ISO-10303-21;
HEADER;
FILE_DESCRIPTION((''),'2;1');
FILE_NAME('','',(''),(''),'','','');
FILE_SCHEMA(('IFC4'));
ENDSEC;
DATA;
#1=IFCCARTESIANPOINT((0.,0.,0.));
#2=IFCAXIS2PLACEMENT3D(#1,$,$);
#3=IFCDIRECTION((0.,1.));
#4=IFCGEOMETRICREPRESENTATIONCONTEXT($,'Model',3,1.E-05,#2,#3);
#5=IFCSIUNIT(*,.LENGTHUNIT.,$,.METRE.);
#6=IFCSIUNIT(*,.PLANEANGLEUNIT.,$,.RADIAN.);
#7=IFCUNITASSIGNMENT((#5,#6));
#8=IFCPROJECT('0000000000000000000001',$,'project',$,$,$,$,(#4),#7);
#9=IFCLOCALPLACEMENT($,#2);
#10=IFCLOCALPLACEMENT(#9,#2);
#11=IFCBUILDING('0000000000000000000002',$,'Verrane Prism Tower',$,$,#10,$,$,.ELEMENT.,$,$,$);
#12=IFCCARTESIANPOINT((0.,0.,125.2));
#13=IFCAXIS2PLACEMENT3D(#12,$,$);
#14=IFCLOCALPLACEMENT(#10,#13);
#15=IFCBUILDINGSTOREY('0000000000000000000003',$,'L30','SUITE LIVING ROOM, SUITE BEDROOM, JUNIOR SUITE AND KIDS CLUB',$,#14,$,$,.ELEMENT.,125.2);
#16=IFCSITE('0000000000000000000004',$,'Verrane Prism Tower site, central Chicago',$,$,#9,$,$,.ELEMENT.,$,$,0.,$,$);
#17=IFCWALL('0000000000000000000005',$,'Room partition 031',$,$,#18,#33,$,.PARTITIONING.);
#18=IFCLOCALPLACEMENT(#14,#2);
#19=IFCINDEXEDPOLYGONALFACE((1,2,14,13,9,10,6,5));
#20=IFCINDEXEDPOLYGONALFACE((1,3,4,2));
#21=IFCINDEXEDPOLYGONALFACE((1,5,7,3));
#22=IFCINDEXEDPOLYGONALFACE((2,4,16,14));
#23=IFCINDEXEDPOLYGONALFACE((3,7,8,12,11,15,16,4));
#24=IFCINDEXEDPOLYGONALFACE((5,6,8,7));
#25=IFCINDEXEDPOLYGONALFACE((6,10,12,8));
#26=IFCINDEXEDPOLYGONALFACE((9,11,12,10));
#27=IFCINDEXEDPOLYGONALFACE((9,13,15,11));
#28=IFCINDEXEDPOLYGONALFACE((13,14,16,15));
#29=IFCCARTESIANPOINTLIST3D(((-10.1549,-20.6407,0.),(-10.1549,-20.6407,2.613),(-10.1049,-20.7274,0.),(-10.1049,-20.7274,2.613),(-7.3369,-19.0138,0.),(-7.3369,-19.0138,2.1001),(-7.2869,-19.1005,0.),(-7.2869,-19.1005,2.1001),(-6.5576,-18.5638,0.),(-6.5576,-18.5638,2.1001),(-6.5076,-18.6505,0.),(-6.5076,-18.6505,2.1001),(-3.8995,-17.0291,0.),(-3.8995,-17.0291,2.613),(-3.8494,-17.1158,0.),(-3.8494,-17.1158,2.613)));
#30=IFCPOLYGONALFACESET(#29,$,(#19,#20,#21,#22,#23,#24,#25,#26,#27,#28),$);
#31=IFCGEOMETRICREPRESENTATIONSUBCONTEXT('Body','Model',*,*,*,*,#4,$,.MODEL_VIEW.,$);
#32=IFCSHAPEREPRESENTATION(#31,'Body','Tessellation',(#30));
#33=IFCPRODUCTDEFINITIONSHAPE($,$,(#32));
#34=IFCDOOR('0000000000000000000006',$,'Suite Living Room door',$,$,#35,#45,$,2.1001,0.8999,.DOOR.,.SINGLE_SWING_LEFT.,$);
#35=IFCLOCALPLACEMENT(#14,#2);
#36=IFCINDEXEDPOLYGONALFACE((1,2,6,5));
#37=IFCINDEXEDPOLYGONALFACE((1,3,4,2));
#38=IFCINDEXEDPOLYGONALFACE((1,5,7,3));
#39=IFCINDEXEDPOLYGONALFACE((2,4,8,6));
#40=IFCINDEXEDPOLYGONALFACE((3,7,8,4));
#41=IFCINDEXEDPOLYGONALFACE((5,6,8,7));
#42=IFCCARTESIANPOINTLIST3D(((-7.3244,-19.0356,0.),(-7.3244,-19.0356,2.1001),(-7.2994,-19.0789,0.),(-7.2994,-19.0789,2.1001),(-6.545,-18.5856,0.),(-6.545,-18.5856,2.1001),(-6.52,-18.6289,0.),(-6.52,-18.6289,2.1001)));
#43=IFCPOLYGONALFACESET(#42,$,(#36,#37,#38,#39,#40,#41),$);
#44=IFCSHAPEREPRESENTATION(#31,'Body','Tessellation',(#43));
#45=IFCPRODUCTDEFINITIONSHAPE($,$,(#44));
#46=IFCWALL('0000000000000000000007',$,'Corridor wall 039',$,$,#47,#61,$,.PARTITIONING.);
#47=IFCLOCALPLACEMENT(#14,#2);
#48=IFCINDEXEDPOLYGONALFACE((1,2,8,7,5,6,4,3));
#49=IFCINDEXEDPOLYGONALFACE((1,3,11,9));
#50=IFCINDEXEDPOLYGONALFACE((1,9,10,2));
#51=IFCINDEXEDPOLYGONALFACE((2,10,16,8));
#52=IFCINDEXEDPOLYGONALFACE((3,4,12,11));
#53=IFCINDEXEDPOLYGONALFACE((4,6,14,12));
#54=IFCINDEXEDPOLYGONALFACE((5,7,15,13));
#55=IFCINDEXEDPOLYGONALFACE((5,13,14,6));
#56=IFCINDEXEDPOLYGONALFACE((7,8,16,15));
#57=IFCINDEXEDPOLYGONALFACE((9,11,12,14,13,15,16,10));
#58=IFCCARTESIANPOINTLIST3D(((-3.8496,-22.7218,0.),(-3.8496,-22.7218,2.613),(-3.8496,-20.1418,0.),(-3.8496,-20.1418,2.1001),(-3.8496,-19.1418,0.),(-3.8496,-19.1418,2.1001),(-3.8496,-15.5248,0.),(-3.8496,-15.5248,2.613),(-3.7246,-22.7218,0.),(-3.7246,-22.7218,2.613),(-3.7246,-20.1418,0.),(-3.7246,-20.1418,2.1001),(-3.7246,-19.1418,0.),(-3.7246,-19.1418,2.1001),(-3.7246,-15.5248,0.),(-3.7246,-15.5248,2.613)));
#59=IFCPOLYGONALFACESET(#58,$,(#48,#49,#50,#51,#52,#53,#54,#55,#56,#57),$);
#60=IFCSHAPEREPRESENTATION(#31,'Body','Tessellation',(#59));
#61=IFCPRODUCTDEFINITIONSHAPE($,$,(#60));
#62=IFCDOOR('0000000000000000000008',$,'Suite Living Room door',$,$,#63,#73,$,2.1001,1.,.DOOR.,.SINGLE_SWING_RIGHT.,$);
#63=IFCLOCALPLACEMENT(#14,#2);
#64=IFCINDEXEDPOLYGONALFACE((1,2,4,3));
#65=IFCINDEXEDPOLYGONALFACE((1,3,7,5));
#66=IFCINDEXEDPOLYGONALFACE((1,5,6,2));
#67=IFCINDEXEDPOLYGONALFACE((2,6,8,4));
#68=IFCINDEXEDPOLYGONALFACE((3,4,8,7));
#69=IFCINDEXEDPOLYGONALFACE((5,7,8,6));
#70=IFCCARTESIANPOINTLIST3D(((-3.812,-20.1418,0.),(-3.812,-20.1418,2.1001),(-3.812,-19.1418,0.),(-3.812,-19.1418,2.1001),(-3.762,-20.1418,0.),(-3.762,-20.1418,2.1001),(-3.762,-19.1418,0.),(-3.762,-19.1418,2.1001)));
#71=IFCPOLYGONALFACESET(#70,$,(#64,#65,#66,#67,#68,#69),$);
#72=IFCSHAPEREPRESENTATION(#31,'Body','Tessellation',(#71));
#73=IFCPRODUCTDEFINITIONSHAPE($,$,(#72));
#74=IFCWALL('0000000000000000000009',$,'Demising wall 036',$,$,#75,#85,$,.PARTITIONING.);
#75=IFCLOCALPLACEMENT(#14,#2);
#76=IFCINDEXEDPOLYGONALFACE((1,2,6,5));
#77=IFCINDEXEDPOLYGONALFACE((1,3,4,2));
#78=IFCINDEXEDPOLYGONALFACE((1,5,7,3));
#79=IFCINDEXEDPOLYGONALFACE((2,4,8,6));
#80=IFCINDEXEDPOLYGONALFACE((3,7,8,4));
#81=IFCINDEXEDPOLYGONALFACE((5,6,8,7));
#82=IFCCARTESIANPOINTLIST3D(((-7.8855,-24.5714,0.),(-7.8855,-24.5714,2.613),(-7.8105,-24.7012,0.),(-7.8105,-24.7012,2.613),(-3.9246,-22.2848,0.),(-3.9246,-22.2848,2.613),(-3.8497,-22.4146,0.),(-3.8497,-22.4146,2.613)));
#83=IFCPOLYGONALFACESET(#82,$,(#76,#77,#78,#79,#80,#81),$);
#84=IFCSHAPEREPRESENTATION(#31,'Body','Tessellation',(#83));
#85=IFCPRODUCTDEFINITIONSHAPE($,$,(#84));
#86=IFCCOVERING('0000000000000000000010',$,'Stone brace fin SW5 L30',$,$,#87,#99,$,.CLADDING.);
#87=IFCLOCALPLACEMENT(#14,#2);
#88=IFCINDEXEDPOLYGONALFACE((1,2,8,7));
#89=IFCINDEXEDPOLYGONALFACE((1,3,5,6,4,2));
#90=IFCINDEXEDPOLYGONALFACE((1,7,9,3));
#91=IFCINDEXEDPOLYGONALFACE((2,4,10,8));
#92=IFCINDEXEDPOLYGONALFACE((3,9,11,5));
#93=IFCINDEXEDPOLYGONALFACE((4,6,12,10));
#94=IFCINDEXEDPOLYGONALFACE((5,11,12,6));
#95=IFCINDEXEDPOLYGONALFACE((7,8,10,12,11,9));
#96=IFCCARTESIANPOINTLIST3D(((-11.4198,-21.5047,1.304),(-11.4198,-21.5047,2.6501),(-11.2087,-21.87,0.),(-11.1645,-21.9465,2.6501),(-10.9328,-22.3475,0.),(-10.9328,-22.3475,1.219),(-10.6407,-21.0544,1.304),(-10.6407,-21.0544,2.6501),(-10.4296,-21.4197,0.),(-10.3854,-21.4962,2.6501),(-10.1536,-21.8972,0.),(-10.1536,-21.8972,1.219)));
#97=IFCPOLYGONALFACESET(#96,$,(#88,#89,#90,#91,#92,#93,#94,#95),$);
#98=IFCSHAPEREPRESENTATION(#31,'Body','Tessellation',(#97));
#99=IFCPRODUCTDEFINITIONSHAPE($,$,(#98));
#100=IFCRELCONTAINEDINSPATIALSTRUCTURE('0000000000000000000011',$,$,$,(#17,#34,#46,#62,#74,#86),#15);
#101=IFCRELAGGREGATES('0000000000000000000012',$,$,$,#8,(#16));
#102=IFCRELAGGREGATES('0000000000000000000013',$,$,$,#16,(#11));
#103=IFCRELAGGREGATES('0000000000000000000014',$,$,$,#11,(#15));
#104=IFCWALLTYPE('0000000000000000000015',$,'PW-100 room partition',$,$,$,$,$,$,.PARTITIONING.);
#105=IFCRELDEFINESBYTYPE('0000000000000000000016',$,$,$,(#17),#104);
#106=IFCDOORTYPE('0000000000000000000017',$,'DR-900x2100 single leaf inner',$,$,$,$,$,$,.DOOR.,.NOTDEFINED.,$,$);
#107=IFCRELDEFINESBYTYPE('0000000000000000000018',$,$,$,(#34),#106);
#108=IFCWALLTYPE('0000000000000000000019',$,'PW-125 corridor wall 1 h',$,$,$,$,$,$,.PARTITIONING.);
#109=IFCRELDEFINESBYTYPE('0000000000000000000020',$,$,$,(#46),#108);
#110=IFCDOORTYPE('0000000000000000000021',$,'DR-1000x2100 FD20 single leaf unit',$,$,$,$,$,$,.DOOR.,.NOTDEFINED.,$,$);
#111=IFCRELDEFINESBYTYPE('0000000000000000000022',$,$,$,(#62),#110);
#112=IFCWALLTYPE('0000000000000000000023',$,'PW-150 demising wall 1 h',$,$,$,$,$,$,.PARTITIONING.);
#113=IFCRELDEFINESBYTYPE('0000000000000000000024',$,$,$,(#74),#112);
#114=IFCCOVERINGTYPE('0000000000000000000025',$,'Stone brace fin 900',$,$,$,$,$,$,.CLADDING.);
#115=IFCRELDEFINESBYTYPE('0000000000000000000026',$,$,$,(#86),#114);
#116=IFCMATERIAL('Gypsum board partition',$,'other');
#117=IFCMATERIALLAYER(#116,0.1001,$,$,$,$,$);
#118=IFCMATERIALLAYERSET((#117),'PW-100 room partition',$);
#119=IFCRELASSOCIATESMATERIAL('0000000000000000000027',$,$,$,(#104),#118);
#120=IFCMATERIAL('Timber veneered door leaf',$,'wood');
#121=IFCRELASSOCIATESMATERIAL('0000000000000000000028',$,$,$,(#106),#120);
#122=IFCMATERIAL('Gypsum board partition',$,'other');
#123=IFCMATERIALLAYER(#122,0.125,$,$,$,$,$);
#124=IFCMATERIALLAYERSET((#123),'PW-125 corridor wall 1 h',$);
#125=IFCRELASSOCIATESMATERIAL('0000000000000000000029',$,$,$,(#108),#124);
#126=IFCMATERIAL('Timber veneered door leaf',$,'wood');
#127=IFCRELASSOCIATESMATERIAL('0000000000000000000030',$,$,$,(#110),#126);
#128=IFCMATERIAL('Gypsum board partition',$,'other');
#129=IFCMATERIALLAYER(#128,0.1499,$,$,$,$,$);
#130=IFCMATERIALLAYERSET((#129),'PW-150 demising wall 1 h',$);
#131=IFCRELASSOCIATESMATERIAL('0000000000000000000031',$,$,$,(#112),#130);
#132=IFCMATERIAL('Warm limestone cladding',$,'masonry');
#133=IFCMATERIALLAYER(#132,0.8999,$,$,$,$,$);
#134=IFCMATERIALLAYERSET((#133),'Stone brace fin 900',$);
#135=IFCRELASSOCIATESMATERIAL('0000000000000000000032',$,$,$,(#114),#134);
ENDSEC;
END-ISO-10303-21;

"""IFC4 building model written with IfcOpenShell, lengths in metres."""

from ifc_helpers import new_model, si_unit, direction, frame, frame_2d, origin, place, context, subcontext, project, spatial, polyline, rectangle, outline, extrude, material, layer, layer_set, type_object, element, fill, save


model = new_model("IFC4")

# Units and contexts
model_context = context("Model", 3, precision=1e-05, world=origin(), true_north=direction((0.0, 1.0)))
body_context = subcontext(model_context, "Body", "Model", "MODEL_VIEW")
ifc_project = project(units=[si_unit("LENGTHUNIT", "METRE"), si_unit("PLANEANGLEUNIT", "RADIAN")], contexts=[model_context])

# Site, building, storey
site_placement = place(None, origin())
site = spatial("IfcSite", under=ifc_project, at=site_placement, Name="Verrane Prism Tower site, central Chicago", CompositionType="ELEMENT", RefElevation=0.0)
building_placement = place(site_placement, origin())
building = spatial("IfcBuilding", under=site, at=building_placement, Name="Verrane Prism Tower", CompositionType="ELEMENT")
storey_placement = place(building_placement, frame((0.0, 0.0, 125.2)))
storey = spatial("IfcBuildingStorey", under=building, at=storey_placement, Name="L30", Description="SUITE LIVING ROOM, SUITE BEDROOM, JUNIOR SUITE AND KIDS CLUB", CompositionType="ELEMENT", Elevation=125.2)

# Walls, openings, doors
ifc_material_1 = material(Name="Gypsum board partition", Category="other")
ifc_layer_1 = layer(ifc_material_1, 0.1001)
ifc_layer_set_1 = layer_set([ifc_layer_1], Name="PW-100 room partition")
wall_type_1 = type_object("IfcWallType", Name="PW-100 room partition", PredefinedType="PARTITIONING", material=ifc_layer_set_1)
wall_1_placement = place(storey_placement, frame((-10.1299, -20.6841, 0.0), z_axis=(0.0, 0.0, 1.0), x_axis=(0.866023, 0.500003, 0.0)))
wall_1 = element("IfcWall", 1, at=wall_1_placement, inside=storey, type_object=wall_type_1, Name="Room partition 031", PredefinedType="PARTITIONING", context=body_context, shape_type="SweptSolid", body=[
    extrude(rectangle(XDim=7.2231, YDim=0.1001, at=frame_2d((3.6116, 0.0))), origin(), (0.0, 0.0, 1.0), 2.613),
])
opening_1_placement = place(wall_1_placement, frame((3.2539, 0.0, 0.0)))
opening_1 = element("IfcOpeningElement", 2, at=opening_1_placement, cuts=wall_1, PredefinedType="OPENING", context=body_context, shape_type="SweptSolid", body=[
    extrude(rectangle(XDim=0.8999, YDim=2.1001, at=frame_2d((0.45, 1.05))), frame((0.0, 0.0601, 0.0), z_axis=(0.0, -1.0, 0.0), x_axis=(1.0, 0.0, 0.0)), (0.0, 0.0, 1.0), 0.1201),
])
ifc_material_2 = material(Name="Timber veneered door leaf", Category="wood")
door_type_1 = type_object("IfcDoorType", Name="DR-900x2100 single leaf inner", OperationType="NOTDEFINED", PredefinedType="DOOR", material=ifc_material_2)
door_1_placement = place(opening_1_placement, origin())
door_1 = element("IfcDoor", 3, at=door_1_placement, inside=storey, type_object=door_type_1, Name="Suite Living Room door", OperationType="SINGLE_SWING_LEFT", OverallHeight=2.1001, OverallWidth=0.8999, PredefinedType="DOOR", context=body_context, shape_type="SweptSolid", body=[
    extrude(rectangle(XDim=0.8999, YDim=2.1001, at=frame_2d((0.45, 1.05))), frame((0.0, 0.0249, 0.0), z_axis=(0.0, -1.0, 0.0), x_axis=(1.0, 0.0, 0.0)), (0.0, 0.0, 1.0), 0.05),
])
fill(opening_1, door_1)
ifc_material_3 = material(Name="Gypsum board partition", Category="other")
ifc_layer_2 = layer(ifc_material_3, 0.125)
ifc_layer_set_2 = layer_set([ifc_layer_2], Name="PW-125 corridor wall 1 h")
wall_type_2 = type_object("IfcWallType", Name="PW-125 corridor wall 1 h", PredefinedType="PARTITIONING", material=ifc_layer_set_2)
wall_2_placement = place(storey_placement, frame((-3.7871, -22.7219, 0.0), z_axis=(0.0, 0.0, 1.0), x_axis=(0.0, 1.0, 0.0)))
wall_2 = element("IfcWall", 4, at=wall_2_placement, inside=storey, type_object=wall_type_2, Name="Corridor wall 039", PredefinedType="PARTITIONING", context=body_context, shape_type="SweptSolid", body=[
    extrude(rectangle(XDim=7.197, YDim=0.125, at=frame_2d((3.5986, 0.0))), origin(), (0.0, 0.0, 1.0), 2.613),
])
opening_2_placement = place(wall_2_placement, frame((2.5801, 0.0, 0.0)))
opening_2 = element("IfcOpeningElement", 5, at=opening_2_placement, cuts=wall_2, PredefinedType="OPENING", context=body_context, shape_type="SweptSolid", body=[
    extrude(rectangle(XDim=1.0, YDim=2.1001, at=frame_2d((0.5, 1.05))), frame((0.0, 0.0725, 0.0), z_axis=(0.0, -1.0, 0.0), x_axis=(1.0, 0.0, 0.0)), (0.0, 0.0, 1.0), 0.145),
])
ifc_material_4 = material(Name="Timber veneered door leaf", Category="wood")
door_type_2 = type_object("IfcDoorType", Name="DR-1000x2100 FD20 single leaf unit", OperationType="NOTDEFINED", PredefinedType="DOOR", material=ifc_material_4)
door_2_placement = place(opening_2_placement, origin())
door_2 = element("IfcDoor", 6, at=door_2_placement, inside=storey, type_object=door_type_2, Name="Suite Living Room door", OperationType="SINGLE_SWING_RIGHT", OverallHeight=2.1001, OverallWidth=1.0, PredefinedType="DOOR", context=body_context, shape_type="SweptSolid", body=[
    extrude(rectangle(XDim=1.0, YDim=2.1001, at=frame_2d((0.5, 1.05))), frame((0.0, 0.0249, 0.0), z_axis=(0.0, -1.0, 0.0), x_axis=(1.0, 0.0, 0.0)), (0.0, 0.0, 1.0), 0.05),
])
fill(opening_2, door_2)

# Wall
ifc_material_5 = material(Name="Gypsum board partition", Category="other")
ifc_layer_3 = layer(ifc_material_5, 0.1499)
ifc_layer_set_3 = layer_set([ifc_layer_3], Name="PW-150 demising wall 1 h")
wall_type_3 = type_object("IfcWallType", Name="PW-150 demising wall 1 h", PredefinedType="PARTITIONING", material=ifc_layer_set_3)
wall_3_placement = place(storey_placement, frame((-7.8479, -24.6362, 0.0), z_axis=(0.0, 0.0, 1.0), x_axis=(0.866047, 0.499963, 0.0)))
element("IfcWall", 7, at=wall_3_placement, inside=storey, type_object=wall_type_3, Name="Demising wall 036", PredefinedType="PARTITIONING", context=body_context, shape_type="SweptSolid", body=[
    extrude(rectangle(XDim=4.5735, YDim=0.1499, at=frame_2d((2.2866, 0.0))), origin(), (0.0, 0.0, 1.0), 2.613),
])

# Covering
ifc_material_6 = material(Name="Warm limestone cladding", Category="masonry")
ifc_layer_4 = layer(ifc_material_6, 0.8999)
ifc_layer_set_4 = layer_set([ifc_layer_4], Name="Stone brace fin 900")
covering_type = type_object("IfcCoveringType", Name="Stone brace fin 900", PredefinedType="CLADDING", material=ifc_layer_set_4)
covering_placement = place(storey_placement, frame((-10.5432, -22.1223, 0.0), z_axis=(0.0, 0.0, 1.0), x_axis=(-0.500374, 0.86581, 0.0)))
element("IfcCovering", 8, at=covering_placement, inside=storey, type_object=covering_type, Name="Stone brace fin SW5 L30", PredefinedType="CLADDING", context=body_context, shape_type="SweptSolid", body=[
    extrude(outline(polyline([(0.9734, 2.6501), (0.4631, 2.6501), (0.0, 1.219), (0.0, 0.0), (0.5515, 0.0), (0.9734, 1.304), (0.9734, 2.6501)])), frame((0.0, 0.45, 0.0), z_axis=(0.0, -1.0, 0.0), x_axis=(1.0, 0.0, 0.0)), (0.0, 0.0, 1.0), 0.8999),
])

save(model, "model.ifc")
